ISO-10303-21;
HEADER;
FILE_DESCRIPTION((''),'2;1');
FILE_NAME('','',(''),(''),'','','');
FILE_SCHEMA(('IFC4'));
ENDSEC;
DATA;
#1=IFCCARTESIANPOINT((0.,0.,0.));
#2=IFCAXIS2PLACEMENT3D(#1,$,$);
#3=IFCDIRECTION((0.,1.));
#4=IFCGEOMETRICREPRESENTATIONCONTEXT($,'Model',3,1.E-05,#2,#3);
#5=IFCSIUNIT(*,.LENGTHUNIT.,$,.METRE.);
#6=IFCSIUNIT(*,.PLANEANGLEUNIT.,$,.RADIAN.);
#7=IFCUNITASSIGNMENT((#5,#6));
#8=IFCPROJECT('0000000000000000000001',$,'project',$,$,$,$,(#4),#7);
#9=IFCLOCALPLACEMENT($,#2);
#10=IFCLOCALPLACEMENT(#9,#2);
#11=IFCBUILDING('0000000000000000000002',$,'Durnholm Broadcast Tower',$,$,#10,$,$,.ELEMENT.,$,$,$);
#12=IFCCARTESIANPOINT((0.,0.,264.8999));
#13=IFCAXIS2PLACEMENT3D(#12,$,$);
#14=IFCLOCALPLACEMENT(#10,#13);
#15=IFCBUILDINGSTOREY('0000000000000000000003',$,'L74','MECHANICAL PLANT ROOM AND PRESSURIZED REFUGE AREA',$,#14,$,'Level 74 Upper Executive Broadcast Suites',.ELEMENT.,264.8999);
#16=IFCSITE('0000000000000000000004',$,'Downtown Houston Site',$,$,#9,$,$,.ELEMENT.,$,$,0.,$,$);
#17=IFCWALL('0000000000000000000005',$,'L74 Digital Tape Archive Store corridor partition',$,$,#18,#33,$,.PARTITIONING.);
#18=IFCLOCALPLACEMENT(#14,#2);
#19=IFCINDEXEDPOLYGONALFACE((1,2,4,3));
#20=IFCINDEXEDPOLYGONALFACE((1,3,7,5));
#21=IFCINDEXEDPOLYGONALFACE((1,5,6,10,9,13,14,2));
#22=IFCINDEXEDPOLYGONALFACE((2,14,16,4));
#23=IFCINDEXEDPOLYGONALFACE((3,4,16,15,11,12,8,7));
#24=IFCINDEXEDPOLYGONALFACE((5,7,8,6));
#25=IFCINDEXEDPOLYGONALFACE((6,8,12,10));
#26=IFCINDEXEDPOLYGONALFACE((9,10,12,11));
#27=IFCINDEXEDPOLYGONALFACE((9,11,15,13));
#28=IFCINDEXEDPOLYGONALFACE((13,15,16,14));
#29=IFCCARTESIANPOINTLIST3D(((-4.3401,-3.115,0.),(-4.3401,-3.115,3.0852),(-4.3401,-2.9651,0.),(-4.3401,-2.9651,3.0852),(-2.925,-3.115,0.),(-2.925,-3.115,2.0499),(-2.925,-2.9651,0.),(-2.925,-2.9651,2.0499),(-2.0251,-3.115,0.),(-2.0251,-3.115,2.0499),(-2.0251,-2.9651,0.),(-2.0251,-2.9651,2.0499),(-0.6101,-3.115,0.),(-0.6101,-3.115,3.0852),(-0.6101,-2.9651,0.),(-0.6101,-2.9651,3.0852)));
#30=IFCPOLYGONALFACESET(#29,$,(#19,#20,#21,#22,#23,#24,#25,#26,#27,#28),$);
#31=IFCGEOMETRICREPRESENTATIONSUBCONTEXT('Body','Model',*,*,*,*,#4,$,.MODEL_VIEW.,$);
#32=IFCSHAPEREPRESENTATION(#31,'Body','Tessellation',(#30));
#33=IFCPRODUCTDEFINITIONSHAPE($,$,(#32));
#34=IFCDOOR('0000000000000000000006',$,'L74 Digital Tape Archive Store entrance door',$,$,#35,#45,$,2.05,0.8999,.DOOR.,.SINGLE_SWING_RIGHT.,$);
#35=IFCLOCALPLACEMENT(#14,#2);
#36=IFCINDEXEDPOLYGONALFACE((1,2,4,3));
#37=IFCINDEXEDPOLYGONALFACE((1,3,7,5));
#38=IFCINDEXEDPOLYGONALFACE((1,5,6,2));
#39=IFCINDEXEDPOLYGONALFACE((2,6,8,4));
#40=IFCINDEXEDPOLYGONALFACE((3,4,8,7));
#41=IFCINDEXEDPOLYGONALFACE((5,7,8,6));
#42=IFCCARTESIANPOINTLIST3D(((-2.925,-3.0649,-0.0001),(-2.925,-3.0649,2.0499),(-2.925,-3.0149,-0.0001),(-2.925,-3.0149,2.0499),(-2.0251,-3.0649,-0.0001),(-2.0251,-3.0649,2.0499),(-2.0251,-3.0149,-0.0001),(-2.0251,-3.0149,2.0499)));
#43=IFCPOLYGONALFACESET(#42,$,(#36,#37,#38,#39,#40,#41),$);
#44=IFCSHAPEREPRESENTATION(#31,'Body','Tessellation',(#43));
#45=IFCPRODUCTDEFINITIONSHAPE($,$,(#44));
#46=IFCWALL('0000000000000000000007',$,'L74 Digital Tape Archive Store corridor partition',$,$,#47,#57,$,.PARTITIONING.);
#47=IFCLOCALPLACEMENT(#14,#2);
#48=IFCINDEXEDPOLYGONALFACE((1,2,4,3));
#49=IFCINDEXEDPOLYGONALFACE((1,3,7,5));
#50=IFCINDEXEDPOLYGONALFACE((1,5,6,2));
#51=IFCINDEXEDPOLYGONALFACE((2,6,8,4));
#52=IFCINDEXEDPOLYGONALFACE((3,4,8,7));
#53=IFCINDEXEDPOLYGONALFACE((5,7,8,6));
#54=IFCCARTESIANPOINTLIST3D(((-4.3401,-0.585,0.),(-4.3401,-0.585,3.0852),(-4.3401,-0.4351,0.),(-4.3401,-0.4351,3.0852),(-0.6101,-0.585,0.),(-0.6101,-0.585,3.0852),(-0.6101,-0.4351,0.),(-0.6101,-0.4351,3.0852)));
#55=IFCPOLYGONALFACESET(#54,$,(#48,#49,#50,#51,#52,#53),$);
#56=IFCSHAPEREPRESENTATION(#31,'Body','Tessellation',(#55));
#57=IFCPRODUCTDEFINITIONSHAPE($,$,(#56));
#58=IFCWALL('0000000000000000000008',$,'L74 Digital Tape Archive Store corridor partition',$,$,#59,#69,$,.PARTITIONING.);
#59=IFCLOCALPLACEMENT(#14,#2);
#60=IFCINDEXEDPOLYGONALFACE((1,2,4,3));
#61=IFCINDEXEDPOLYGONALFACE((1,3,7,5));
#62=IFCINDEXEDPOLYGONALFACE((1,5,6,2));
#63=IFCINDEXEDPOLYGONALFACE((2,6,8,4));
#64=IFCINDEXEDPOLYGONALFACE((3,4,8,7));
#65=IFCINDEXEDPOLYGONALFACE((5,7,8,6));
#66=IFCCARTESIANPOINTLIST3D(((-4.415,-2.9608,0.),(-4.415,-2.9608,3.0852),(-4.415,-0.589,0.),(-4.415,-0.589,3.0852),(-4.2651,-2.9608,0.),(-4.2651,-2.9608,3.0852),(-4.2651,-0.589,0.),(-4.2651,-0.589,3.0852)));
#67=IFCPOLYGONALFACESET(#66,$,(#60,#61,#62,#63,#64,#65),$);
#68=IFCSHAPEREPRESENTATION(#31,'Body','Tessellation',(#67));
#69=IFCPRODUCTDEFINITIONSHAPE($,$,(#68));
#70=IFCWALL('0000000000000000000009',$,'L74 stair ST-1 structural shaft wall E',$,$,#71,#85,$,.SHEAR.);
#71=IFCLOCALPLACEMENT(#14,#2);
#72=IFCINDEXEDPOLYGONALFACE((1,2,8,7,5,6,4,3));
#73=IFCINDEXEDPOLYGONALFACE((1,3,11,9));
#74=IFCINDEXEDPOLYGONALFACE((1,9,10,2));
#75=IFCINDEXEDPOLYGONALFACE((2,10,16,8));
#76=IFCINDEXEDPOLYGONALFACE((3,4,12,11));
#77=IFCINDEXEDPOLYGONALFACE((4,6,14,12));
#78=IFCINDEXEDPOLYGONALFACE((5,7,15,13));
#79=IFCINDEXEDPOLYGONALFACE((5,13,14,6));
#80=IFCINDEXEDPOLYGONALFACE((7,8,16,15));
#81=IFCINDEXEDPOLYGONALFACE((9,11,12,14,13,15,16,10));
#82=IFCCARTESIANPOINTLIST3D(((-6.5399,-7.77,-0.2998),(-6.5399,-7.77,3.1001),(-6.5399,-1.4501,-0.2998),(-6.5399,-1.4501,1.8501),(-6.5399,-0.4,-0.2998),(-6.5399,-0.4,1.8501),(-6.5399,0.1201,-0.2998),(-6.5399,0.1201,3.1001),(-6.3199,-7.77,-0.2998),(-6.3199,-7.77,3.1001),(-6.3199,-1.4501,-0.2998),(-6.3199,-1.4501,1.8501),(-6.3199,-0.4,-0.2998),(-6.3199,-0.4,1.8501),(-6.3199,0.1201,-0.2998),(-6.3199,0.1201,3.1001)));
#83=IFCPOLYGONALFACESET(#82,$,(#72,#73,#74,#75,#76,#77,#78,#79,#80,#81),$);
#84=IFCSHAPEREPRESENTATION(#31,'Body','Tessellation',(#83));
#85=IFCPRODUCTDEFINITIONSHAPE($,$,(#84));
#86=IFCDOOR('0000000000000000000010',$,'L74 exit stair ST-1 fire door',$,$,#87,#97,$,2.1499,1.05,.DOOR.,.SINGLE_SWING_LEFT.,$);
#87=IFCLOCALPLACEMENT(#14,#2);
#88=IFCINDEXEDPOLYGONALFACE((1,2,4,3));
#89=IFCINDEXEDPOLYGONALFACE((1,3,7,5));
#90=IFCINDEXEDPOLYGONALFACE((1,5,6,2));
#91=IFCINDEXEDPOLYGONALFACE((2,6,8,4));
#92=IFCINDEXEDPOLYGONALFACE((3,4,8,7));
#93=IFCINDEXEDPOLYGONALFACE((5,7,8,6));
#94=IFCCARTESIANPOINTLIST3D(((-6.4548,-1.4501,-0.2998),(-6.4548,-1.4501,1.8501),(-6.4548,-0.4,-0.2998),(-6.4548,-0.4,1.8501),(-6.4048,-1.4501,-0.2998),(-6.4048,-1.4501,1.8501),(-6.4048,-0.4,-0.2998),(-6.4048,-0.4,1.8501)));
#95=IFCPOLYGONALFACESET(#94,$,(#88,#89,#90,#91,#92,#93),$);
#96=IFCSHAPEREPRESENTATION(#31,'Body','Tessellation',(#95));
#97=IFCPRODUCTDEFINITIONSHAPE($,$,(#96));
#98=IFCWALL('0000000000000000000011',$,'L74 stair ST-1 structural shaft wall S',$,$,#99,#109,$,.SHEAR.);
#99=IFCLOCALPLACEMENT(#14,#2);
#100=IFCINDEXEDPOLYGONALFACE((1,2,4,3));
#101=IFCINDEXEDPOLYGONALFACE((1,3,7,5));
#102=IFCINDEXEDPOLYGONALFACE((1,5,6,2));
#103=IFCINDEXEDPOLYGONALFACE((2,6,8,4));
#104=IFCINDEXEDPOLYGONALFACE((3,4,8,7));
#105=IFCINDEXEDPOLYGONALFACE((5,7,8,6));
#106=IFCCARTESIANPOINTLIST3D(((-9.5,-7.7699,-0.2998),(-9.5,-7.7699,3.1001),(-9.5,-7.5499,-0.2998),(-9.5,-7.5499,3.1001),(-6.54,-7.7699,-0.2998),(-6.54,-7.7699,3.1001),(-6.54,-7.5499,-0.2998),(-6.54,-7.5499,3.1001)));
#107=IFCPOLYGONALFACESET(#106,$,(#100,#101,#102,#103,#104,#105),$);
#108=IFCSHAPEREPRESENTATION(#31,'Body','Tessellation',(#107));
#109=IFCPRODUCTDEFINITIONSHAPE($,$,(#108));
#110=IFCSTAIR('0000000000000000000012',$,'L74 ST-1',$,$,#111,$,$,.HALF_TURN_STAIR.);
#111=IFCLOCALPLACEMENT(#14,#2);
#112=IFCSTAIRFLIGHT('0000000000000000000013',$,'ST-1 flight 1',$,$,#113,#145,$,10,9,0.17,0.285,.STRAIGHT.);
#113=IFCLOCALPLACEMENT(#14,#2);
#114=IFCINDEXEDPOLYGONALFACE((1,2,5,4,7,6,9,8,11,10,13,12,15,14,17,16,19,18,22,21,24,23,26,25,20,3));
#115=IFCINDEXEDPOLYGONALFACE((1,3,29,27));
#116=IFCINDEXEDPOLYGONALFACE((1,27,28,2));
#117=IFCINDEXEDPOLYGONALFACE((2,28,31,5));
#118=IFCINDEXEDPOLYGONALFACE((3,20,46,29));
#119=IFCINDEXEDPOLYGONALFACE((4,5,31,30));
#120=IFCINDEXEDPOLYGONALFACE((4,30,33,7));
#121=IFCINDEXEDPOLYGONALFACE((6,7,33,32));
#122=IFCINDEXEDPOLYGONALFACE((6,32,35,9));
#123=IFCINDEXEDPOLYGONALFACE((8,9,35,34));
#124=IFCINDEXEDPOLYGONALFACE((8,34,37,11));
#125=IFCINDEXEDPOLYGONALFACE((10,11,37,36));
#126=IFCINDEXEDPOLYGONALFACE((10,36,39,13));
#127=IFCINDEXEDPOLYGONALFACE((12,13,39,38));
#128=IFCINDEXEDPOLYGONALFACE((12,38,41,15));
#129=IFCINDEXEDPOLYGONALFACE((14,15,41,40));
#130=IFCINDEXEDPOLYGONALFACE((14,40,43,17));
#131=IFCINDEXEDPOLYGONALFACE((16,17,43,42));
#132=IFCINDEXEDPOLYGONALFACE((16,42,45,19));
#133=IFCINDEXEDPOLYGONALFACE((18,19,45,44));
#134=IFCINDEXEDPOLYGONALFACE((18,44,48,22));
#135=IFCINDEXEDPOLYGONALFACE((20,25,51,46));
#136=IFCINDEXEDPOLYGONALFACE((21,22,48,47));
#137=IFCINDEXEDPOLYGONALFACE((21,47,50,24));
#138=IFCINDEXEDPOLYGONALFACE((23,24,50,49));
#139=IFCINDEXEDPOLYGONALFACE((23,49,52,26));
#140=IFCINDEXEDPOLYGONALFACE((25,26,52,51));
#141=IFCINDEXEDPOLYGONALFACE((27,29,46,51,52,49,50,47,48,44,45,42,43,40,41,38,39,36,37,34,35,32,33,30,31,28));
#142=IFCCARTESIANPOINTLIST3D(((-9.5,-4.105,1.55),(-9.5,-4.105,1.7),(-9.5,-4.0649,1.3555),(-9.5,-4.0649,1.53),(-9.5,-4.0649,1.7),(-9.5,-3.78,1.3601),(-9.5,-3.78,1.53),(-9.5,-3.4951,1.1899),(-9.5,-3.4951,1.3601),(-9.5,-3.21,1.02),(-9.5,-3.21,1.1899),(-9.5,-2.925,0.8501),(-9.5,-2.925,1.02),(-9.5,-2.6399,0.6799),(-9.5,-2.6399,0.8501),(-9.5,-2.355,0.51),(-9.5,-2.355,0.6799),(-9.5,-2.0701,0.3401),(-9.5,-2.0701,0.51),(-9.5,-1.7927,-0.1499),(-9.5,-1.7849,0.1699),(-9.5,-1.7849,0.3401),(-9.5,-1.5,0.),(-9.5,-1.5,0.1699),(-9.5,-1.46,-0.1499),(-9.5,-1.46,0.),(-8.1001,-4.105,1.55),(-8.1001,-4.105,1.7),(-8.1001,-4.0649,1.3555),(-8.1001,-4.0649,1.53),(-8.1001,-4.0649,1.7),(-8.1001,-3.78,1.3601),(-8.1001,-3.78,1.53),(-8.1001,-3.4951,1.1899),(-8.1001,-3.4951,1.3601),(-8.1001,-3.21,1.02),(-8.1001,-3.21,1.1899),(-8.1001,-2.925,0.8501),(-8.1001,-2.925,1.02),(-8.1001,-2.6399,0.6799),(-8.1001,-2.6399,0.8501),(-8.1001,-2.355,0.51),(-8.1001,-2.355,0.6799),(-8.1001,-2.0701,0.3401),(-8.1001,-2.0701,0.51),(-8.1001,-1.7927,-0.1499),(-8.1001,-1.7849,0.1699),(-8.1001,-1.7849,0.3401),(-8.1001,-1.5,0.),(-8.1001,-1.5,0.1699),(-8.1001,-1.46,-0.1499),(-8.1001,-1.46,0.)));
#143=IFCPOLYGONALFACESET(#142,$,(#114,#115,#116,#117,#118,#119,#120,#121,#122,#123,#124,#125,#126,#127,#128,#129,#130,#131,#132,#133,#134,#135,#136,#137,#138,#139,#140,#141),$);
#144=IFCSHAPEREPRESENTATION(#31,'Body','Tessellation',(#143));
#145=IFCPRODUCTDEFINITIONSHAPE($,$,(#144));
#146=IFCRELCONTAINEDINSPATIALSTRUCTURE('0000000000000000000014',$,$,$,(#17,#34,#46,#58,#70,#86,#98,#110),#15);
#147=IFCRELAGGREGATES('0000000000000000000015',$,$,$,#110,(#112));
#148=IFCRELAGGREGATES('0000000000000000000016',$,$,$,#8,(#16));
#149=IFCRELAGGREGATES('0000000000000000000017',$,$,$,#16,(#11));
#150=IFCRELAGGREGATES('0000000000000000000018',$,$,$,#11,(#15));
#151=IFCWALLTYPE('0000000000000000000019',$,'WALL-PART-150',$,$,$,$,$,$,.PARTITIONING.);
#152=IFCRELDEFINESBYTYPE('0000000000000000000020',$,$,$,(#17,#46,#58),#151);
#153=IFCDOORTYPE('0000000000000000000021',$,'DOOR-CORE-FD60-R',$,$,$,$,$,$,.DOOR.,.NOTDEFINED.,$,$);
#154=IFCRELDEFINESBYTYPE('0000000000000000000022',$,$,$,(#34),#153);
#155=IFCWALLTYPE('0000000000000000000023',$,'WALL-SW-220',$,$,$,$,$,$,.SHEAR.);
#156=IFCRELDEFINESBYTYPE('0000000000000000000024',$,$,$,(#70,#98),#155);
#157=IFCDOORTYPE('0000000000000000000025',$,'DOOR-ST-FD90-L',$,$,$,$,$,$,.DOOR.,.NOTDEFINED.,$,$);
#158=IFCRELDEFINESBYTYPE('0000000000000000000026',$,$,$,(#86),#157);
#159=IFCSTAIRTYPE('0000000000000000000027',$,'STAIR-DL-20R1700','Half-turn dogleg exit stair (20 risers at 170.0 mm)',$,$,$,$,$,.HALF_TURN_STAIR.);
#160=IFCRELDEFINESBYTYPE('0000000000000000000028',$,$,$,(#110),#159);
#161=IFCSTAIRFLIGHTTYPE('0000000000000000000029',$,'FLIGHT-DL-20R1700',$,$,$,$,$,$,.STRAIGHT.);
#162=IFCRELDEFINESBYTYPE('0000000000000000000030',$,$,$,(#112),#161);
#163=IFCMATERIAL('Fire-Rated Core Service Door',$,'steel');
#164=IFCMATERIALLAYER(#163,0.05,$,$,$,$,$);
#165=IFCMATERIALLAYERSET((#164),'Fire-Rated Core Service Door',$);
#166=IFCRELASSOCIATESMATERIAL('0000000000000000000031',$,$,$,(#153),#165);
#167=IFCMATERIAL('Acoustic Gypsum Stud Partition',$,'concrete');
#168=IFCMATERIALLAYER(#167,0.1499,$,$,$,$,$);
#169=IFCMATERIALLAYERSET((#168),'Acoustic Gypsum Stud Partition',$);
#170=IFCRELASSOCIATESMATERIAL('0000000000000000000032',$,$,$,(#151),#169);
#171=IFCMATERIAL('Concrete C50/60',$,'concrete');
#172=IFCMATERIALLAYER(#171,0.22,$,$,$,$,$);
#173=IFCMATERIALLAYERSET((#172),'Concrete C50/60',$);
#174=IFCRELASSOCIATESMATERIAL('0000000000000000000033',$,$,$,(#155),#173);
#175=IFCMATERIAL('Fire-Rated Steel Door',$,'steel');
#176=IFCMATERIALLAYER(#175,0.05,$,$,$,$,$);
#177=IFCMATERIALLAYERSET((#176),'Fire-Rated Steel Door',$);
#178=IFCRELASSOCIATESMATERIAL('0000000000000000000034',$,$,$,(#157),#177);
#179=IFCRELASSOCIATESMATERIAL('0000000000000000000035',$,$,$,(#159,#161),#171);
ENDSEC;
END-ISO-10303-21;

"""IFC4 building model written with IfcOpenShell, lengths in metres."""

from ifc_helpers import new_model, si_unit, direction, frame, frame_2d, origin, place, context, subcontext, project, spatial, polyline, rectangle, outline, extrude, source, transform, mapped, material, layer, layer_set, type_object, type_shapes, element, fill, aggregate, save


model = new_model("IFC4")

# Units and contexts
model_context = context("Model", 3, precision=1e-05, world=origin(), true_north=direction((0.0, 1.0)))
body_context = subcontext(model_context, "Body", "Model", "MODEL_VIEW")
ifc_project = project(units=[si_unit("LENGTHUNIT", "METRE"), si_unit("PLANEANGLEUNIT", "RADIAN")], contexts=[model_context])

# Site, building, storey
site_placement = place(None, origin())
site = spatial("IfcSite", under=ifc_project, at=site_placement, Name="Downtown Houston Site", CompositionType="ELEMENT", RefElevation=0.0)
building_placement = place(site_placement, origin())
building = spatial("IfcBuilding", under=site, at=building_placement, Name="Durnholm Broadcast Tower", CompositionType="ELEMENT")
storey_placement = place(building_placement, frame((0.0, 0.0, 264.8999)))
storey = spatial("IfcBuildingStorey", under=building, at=storey_placement, Name="L74", Description="MECHANICAL PLANT ROOM AND PRESSURIZED REFUGE AREA", LongName="Level 74 Upper Executive Broadcast Suites", CompositionType="ELEMENT", Elevation=264.8999)

# Shared definitions
ifc_material_1 = material(Name="Fire-Rated Core Service Door", Category="steel")
ifc_layer_1 = layer(ifc_material_1, 0.05)
ifc_layer_set_1 = layer_set([ifc_layer_1], Name="Fire-Rated Core Service Door")
door_type_1 = type_object("IfcDoorType", Name="DOOR-CORE-FD60-R", OperationType="NOTDEFINED", PredefinedType="DOOR", material=ifc_layer_set_1)
shared_shape_1 = source(origin(), body_context, "Body", "SweptSolid", [
    extrude(rectangle(XDim=0.8999, YDim=2.05, at=frame_2d((0.45, 1.0249))), frame((0.0, 0.0249, 0.0), z_axis=(0.0, -1.0, 0.0), x_axis=(1.0, 0.0, 0.0)), (0.0, 0.0, 1.0), 0.05),
])
type_shapes(door_type_1, [shared_shape_1])

# Wall, opening, door
ifc_material_2 = material(Name="Acoustic Gypsum Stud Partition", Category="concrete")
ifc_layer_2 = layer(ifc_material_2, 0.1499)
ifc_layer_set_2 = layer_set([ifc_layer_2], Name="Acoustic Gypsum Stud Partition")
wall_type_1 = type_object("IfcWallType", Name="WALL-PART-150", PredefinedType="PARTITIONING", material=ifc_layer_set_2)
wall_1_placement = place(storey_placement, frame((-0.6101, -3.04, 0.0), z_axis=(0.0, 0.0, 1.0), x_axis=(-1.0, 0.0, 0.0)))
wall_1 = element("IfcWall", 1, at=wall_1_placement, inside=storey, type_object=wall_type_1, Name="L74 Digital Tape Archive Store corridor partition", PredefinedType="PARTITIONING", context=body_context, shape_type="SweptSolid", body=[
    extrude(rectangle(XDim=3.73, YDim=0.1499, at=frame_2d((1.865, 0.0))), origin(), (0.0, 0.0, 1.0), 3.0852),
])
opening_1_placement = place(wall_1_placement, frame((1.415, 0.0, 0.0)))
opening_1 = element("IfcOpeningElement", 2, at=opening_1_placement, cuts=wall_1, PredefinedType="OPENING", context=body_context, shape_type="SweptSolid", body=[
    extrude(rectangle(XDim=0.8999, YDim=2.05, at=frame_2d((0.45, 1.0249))), frame((0.0, 0.085, 0.0), z_axis=(0.0, -1.0, 0.0), x_axis=(1.0, 0.0, 0.0)), (0.0, 0.0, 1.0), 0.1699),
])
door_1_placement = place(opening_1_placement, origin())
door_1 = element("IfcDoor", 3, at=door_1_placement, inside=storey, type_object=door_type_1, Name="L74 Digital Tape Archive Store entrance door", OperationType="SINGLE_SWING_RIGHT", OverallHeight=2.05, OverallWidth=0.8999, PredefinedType="DOOR", context=body_context, shape_type="MappedRepresentation", body=[
    mapped(shared_shape_1, transform((0.0, 0.0, 0.0), x_axis=(1.0, 0.0, 0.0), y_axis=(0.0, 1.0, 0.0), z_axis=(0.0, 0.0, 1.0), scale=1.0)),
])
fill(opening_1, door_1)

# Walls
wall_2_placement = place(storey_placement, frame((-4.3401, -0.51, 0.0), z_axis=(0.0, 0.0, 1.0), x_axis=(1.0, 0.0, 0.0)))
element("IfcWall", 4, at=wall_2_placement, inside=storey, type_object=wall_type_1, Name="L74 Digital Tape Archive Store corridor partition", PredefinedType="PARTITIONING", context=body_context, shape_type="SweptSolid", body=[
    extrude(rectangle(XDim=3.73, YDim=0.1499, at=frame_2d((1.865, 0.0))), origin(), (0.0, 0.0, 1.0), 3.0852),
])
wall_3_placement = place(storey_placement, frame((-4.3401, -2.9609, 0.0), z_axis=(0.0, 0.0, 1.0), x_axis=(0.0, 1.0, 0.0)))
element("IfcWall", 5, at=wall_3_placement, inside=storey, type_object=wall_type_1, Name="L74 Digital Tape Archive Store corridor partition", PredefinedType="PARTITIONING", context=body_context, shape_type="SweptSolid", body=[
    extrude(rectangle(XDim=2.3718, YDim=0.1499, at=frame_2d((1.186, 0.0))), origin(), (0.0, 0.0, 1.0), 3.0852),
])

# Wall, opening, door
ifc_material_3 = material(Name="Concrete C50/60", Category="concrete")
ifc_layer_3 = layer(ifc_material_3, 0.22)
ifc_layer_set_3 = layer_set([ifc_layer_3], Name="Concrete C50/60")
wall_type_2 = type_object("IfcWallType", Name="WALL-SW-220", PredefinedType="SHEAR", material=ifc_layer_set_3)
wall_4_placement = place(storey_placement, frame((-6.4299, -7.77, -0.2998), z_axis=(0.0, 0.0, 1.0), x_axis=(0.0, 1.0, 0.0)))
wall_4 = element("IfcWall", 6, at=wall_4_placement, inside=storey, type_object=wall_type_2, Name="L74 stair ST-1 structural shaft wall E", PredefinedType="SHEAR", context=body_context, shape_type="SweptSolid", body=[
    extrude(rectangle(XDim=7.8901, YDim=0.22, at=frame_2d((3.9451, 0.0))), origin(), (0.0, 0.0, 1.0), 3.3999),
])
opening_2_placement = place(wall_4_placement, frame((6.3201, 0.0, 0.0)))
opening_2 = element("IfcOpeningElement", 7, at=opening_2_placement, cuts=wall_4, PredefinedType="OPENING", context=body_context, shape_type="SweptSolid", body=[
    extrude(rectangle(XDim=1.05, YDim=2.1499, at=frame_2d((0.5249, 1.075))), frame((0.0, 0.1201, 0.0), z_axis=(0.0, -1.0, 0.0), x_axis=(1.0, 0.0, 0.0)), (0.0, 0.0, 1.0), 0.24),
])
ifc_material_4 = material(Name="Fire-Rated Steel Door", Category="steel")
ifc_layer_4 = layer(ifc_material_4, 0.05)
ifc_layer_set_4 = layer_set([ifc_layer_4], Name="Fire-Rated Steel Door")
door_type_2 = type_object("IfcDoorType", Name="DOOR-ST-FD90-L", OperationType="NOTDEFINED", PredefinedType="DOOR", material=ifc_layer_set_4)
shared_shape_2 = source(origin(), body_context, "Body", "SweptSolid", [
    extrude(rectangle(XDim=1.05, YDim=2.1499, at=frame_2d((0.5249, 1.075))), frame((0.0, 0.0249, 0.0), z_axis=(0.0, -1.0, 0.0), x_axis=(1.0, 0.0, 0.0)), (0.0, 0.0, 1.0), 0.05),
])
type_shapes(door_type_2, [shared_shape_2])
door_2_placement = place(opening_2_placement, origin())
door_2 = element("IfcDoor", 8, at=door_2_placement, inside=storey, type_object=door_type_2, Name="L74 exit stair ST-1 fire door", OperationType="SINGLE_SWING_LEFT", OverallHeight=2.1499, OverallWidth=1.05, PredefinedType="DOOR", context=body_context, shape_type="MappedRepresentation", body=[
    mapped(shared_shape_2, transform((0.0, 0.0, 0.0), x_axis=(1.0, 0.0, 0.0), y_axis=(0.0, 1.0, 0.0), z_axis=(0.0, 0.0, 1.0), scale=1.0)),
])
fill(opening_2, door_2)

# Wall
wall_5_placement = place(storey_placement, frame((-9.5, -7.6599, -0.2998), z_axis=(0.0, 0.0, 1.0), x_axis=(1.0, 0.0, 0.0)))
element("IfcWall", 9, at=wall_5_placement, inside=storey, type_object=wall_type_2, Name="L74 stair ST-1 structural shaft wall S", PredefinedType="SHEAR", context=body_context, shape_type="SweptSolid", body=[
    extrude(rectangle(XDim=2.96, YDim=0.22, at=frame_2d((1.48, 0.0))), origin(), (0.0, 0.0, 1.0), 3.3999),
])

# Stair, stair flight
stair_type = type_object("IfcStairType", Name="STAIR-DL-20R1700", Description="Half-turn dogleg exit stair (20 risers at 170.0 mm)", PredefinedType="HALF_TURN_STAIR", material=ifc_material_3)
stair_placement = place(storey_placement, origin())
stair = element("IfcStair", 10, at=stair_placement, inside=storey, type_object=stair_type, Name="L74 ST-1", PredefinedType="HALF_TURN_STAIR")
stair_flight_type = type_object("IfcStairFlightType", Name="FLIGHT-DL-20R1700", PredefinedType="STRAIGHT", material=ifc_material_3)
stair_flight_1_placement = place(storey_placement, frame((-8.8, -1.5, 0.0), z_axis=(0.0, 0.0, 1.0), x_axis=(0.0, -1.0, 0.0)))
stair_flight_1 = element("IfcStairFlight", 11, at=stair_flight_1_placement, type_object=stair_flight_type, Name="ST-1 flight 1", NumberOfRisers=10, NumberOfTreads=9, PredefinedType="STRAIGHT", RiserHeight=0.17, TreadLength=0.285, context=body_context, shape_type="SweptSolid", body=[
    extrude(outline(polyline([(-0.04, -0.1499), (-0.04, 0.0), (0.0, 0.0), (0.0, 0.1699), (0.2849, 0.1699), (0.2849, 0.3401), (0.5701, 0.3401), (0.5701, 0.51), (0.855, 0.51), (0.855, 0.6799), (1.1399, 0.6799), (1.1399, 0.8501), (1.425, 0.8501), (1.425, 1.02), (1.71, 1.02), (1.71, 1.1899), (1.9951, 1.1899), (1.9951, 1.3601), (2.28, 1.3601), (2.28, 1.53), (2.5649, 1.53), (2.5649, 1.7), (2.605, 1.7), (2.605, 1.55), (2.5649, 1.3555), (0.2927, -0.1499), (-0.04, -0.1499)])), frame((0.0, 0.7, 0.0), z_axis=(0.0, -1.0, 0.0), x_axis=(1.0, 0.0, 0.0)), (0.0, 0.0, 1.0), 1.3999),
])
aggregate(stair, [stair_flight_1])

save(model, "model.ifc")
